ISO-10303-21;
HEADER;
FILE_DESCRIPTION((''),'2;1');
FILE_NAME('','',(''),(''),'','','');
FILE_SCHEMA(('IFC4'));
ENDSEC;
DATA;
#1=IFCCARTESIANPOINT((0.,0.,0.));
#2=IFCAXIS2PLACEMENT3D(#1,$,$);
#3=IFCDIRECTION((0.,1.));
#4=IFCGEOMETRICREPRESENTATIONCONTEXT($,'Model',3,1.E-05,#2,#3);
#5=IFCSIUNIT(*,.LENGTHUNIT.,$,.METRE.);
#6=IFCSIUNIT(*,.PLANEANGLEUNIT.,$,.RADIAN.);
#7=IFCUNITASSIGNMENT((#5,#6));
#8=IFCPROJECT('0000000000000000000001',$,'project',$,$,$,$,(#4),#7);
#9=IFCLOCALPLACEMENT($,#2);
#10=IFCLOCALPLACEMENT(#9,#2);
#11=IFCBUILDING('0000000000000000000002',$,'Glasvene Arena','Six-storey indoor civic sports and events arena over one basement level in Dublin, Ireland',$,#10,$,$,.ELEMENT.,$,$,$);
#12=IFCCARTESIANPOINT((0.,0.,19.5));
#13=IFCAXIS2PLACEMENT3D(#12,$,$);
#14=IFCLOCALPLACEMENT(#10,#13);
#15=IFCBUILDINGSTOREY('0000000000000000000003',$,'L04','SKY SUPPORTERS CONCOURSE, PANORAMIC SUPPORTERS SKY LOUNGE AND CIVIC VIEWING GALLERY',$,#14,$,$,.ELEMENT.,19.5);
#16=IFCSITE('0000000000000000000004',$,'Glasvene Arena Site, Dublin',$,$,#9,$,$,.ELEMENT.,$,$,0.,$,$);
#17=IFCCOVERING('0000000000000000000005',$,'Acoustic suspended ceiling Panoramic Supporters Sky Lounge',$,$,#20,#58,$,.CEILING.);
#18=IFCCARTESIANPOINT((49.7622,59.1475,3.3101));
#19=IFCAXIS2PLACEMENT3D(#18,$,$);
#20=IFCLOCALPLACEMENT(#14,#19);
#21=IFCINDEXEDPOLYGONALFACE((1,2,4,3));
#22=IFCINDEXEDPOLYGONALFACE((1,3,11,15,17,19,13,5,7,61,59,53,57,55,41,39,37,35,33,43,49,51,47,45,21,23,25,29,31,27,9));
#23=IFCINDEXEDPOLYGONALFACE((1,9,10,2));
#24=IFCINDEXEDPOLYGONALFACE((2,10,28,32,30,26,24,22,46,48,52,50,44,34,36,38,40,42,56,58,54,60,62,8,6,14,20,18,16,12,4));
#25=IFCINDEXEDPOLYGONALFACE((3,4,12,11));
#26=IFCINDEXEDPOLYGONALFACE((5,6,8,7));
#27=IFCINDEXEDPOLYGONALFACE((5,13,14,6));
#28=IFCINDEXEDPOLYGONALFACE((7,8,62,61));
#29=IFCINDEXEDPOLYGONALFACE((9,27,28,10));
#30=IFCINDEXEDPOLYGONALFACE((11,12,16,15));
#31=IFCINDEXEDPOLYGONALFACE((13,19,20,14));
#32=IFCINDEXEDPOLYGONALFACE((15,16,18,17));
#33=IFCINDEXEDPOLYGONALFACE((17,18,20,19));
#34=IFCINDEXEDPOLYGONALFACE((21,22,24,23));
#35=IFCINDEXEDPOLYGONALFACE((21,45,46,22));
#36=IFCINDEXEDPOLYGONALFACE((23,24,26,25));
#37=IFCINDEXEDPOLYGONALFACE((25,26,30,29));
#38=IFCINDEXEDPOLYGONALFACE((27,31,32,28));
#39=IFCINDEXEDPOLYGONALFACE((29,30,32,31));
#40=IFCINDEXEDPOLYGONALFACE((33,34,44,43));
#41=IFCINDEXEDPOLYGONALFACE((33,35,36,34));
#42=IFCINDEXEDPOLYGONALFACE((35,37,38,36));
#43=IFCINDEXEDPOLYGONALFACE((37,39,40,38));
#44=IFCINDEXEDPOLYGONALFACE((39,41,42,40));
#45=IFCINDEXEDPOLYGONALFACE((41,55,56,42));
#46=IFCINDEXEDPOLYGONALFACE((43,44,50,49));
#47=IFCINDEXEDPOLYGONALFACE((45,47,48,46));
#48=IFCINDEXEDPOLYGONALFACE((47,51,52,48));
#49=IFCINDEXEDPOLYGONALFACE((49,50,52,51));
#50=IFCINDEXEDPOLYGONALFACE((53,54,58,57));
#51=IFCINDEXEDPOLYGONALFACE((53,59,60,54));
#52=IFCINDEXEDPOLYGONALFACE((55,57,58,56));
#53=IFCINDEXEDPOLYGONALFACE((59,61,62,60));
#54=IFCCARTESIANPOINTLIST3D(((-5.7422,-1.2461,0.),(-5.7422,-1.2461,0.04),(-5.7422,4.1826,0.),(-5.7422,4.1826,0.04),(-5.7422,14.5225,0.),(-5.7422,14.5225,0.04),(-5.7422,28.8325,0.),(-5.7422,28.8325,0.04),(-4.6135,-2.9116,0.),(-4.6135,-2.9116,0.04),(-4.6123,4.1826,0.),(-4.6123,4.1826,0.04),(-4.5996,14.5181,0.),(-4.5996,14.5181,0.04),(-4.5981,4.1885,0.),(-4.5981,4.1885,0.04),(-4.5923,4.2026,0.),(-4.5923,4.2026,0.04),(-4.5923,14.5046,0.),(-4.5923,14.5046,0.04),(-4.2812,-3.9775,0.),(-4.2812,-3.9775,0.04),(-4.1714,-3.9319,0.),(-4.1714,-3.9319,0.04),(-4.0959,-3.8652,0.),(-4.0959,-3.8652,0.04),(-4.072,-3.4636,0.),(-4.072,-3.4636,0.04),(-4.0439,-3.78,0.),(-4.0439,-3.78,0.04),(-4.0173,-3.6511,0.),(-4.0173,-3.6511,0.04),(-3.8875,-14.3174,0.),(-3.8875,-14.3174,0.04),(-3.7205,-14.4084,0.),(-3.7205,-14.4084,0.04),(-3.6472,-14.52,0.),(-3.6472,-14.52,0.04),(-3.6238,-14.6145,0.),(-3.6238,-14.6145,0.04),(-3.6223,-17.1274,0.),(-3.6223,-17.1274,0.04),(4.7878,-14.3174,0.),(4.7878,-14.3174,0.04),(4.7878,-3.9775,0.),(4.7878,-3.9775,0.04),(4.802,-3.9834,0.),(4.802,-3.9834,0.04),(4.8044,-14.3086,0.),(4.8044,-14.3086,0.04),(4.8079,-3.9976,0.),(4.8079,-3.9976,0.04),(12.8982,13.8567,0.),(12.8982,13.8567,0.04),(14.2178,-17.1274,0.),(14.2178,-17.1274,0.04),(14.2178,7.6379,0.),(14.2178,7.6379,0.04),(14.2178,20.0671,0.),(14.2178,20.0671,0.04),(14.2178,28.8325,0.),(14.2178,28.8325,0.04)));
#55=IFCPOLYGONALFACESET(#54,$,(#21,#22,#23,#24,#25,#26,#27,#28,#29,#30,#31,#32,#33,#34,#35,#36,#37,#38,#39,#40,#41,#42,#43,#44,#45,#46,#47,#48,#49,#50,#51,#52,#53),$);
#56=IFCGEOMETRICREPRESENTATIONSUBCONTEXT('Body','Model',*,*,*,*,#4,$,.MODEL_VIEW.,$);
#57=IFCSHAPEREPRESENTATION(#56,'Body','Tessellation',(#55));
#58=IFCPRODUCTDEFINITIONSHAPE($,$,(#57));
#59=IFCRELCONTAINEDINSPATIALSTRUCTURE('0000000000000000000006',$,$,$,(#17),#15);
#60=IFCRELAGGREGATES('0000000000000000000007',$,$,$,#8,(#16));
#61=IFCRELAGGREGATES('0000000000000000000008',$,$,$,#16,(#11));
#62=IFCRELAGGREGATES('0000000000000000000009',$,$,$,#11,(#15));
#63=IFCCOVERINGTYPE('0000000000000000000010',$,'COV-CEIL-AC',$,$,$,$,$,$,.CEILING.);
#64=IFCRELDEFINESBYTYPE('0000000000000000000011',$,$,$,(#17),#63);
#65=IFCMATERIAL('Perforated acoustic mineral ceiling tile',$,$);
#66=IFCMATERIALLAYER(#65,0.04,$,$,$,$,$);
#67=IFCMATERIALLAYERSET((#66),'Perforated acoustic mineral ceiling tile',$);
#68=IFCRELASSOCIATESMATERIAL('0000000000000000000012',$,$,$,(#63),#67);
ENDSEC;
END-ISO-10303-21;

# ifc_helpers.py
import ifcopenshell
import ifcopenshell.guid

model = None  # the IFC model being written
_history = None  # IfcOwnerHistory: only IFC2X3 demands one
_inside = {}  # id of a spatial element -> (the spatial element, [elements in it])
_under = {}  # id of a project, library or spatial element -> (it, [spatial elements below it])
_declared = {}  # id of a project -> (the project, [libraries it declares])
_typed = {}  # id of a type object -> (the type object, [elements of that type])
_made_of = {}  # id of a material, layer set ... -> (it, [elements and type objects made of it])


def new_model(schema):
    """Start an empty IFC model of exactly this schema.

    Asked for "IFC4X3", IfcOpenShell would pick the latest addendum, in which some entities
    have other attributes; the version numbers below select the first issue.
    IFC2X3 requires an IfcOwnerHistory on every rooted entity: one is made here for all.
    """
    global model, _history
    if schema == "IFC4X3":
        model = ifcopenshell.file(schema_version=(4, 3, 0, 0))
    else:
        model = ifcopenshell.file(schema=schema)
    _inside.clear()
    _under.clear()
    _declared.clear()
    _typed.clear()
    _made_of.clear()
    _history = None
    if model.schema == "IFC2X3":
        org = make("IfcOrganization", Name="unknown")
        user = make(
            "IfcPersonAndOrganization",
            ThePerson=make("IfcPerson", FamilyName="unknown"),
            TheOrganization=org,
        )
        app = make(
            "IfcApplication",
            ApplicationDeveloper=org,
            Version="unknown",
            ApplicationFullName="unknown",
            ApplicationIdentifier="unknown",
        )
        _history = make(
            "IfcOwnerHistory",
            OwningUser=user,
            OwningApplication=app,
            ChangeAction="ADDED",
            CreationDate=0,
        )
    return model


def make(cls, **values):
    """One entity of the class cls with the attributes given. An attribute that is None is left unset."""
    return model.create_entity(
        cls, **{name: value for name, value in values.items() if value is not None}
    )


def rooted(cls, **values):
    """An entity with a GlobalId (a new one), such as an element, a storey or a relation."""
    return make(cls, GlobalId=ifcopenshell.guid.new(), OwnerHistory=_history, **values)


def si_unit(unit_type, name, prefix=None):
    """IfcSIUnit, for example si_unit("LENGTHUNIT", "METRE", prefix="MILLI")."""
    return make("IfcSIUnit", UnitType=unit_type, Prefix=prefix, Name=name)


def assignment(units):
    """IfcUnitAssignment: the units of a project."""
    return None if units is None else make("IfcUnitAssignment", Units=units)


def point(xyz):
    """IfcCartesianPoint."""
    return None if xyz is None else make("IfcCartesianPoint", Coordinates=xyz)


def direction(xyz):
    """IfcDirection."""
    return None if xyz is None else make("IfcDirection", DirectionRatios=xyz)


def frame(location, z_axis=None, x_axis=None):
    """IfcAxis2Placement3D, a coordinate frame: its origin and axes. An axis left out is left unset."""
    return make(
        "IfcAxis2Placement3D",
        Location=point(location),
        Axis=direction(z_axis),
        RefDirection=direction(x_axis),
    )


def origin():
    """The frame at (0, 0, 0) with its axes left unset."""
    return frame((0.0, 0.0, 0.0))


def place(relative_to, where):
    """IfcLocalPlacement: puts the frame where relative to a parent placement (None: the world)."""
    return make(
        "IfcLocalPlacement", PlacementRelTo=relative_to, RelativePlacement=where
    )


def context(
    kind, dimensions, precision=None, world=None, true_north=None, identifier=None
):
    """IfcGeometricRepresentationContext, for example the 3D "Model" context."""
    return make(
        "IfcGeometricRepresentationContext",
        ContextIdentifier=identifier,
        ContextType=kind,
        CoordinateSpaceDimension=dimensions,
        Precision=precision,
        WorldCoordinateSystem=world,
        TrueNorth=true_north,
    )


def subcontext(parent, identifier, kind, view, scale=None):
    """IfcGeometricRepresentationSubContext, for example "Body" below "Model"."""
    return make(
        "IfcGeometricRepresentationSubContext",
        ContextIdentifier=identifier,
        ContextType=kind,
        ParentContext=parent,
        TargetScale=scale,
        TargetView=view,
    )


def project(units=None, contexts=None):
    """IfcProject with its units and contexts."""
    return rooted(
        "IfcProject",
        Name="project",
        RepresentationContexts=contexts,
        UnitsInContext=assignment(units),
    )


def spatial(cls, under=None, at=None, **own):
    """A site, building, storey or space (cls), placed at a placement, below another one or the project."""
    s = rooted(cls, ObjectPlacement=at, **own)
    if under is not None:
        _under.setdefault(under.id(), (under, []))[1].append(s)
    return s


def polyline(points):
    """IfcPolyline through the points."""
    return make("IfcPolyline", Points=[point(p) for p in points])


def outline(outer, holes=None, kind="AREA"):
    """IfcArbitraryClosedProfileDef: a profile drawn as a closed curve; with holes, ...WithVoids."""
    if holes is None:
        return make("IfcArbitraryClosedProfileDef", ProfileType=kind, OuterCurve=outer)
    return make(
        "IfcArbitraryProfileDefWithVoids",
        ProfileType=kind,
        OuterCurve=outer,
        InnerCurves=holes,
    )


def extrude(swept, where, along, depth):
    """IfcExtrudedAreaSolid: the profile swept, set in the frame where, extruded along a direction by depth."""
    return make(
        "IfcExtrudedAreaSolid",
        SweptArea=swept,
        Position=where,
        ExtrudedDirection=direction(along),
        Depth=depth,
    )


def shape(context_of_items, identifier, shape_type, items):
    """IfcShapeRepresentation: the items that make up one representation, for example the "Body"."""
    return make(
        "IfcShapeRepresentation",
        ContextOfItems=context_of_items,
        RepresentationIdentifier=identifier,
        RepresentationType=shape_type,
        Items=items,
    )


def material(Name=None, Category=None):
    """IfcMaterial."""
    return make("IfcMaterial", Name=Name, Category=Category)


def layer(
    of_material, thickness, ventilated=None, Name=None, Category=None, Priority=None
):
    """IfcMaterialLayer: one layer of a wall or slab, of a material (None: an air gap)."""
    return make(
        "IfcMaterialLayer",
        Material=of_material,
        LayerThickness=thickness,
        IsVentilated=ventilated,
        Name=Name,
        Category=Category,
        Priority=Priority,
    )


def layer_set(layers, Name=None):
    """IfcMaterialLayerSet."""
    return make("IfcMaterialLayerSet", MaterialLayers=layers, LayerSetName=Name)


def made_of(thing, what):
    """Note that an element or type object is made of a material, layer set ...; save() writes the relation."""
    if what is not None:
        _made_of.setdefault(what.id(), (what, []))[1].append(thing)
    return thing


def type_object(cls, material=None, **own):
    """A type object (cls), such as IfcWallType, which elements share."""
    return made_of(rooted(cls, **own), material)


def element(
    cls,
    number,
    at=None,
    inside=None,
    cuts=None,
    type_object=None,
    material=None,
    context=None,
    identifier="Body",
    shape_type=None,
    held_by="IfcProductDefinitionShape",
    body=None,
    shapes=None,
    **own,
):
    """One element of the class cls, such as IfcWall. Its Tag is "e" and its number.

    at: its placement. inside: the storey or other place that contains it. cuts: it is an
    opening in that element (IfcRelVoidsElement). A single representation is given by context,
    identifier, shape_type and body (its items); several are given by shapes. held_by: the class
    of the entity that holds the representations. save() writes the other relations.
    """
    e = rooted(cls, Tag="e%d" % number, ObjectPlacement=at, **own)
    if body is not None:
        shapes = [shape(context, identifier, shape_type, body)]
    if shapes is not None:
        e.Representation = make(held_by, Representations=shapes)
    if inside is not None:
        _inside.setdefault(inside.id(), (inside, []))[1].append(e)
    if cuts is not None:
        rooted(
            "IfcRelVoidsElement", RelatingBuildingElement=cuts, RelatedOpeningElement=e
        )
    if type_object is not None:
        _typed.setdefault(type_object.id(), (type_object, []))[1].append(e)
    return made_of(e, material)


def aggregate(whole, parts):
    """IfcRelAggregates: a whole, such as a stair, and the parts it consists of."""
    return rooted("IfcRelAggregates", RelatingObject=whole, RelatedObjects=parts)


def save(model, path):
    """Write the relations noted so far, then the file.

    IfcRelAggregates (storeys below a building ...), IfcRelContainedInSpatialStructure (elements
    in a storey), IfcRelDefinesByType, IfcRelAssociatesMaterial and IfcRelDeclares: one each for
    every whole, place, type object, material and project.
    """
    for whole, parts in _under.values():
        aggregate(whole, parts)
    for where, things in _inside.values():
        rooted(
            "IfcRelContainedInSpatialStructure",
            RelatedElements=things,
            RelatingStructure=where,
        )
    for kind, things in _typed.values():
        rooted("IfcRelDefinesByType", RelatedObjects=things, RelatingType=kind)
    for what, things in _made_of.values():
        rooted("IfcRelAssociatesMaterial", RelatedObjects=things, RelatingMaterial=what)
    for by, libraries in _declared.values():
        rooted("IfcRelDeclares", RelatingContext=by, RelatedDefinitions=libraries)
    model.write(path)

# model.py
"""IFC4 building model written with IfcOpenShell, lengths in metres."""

from ifc_helpers import new_model, si_unit, direction, frame, origin, place, context, subcontext, project, spatial, polyline, outline, extrude, material, layer, layer_set, type_object, element, save


model = new_model("IFC4")

# Units and contexts
model_context = context("Model", 3, precision=1e-05, world=origin(), true_north=direction((0.0, 1.0)))
body_context = subcontext(model_context, "Body", "Model", "MODEL_VIEW")
ifc_project = project(units=[si_unit("LENGTHUNIT", "METRE"), si_unit("PLANEANGLEUNIT", "RADIAN")], contexts=[model_context])

# Site, building, storey
site_placement = place(None, origin())
site = spatial("IfcSite", under=ifc_project, at=site_placement, Name="Glasvene Arena Site, Dublin", CompositionType="ELEMENT", RefElevation=0.0)
building_placement = place(site_placement, origin())
building = spatial("IfcBuilding", under=site, at=building_placement, Name="Glasvene Arena", Description="Six-storey indoor civic sports and events arena over one basement level in Dublin, Ireland", CompositionType="ELEMENT")
storey_placement = place(building_placement, frame((0.0, 0.0, 19.5)))
storey = spatial("IfcBuildingStorey", under=building, at=storey_placement, Name="L04", Description="SKY SUPPORTERS CONCOURSE, PANORAMIC SUPPORTERS SKY LOUNGE AND CIVIC VIEWING GALLERY", CompositionType="ELEMENT", Elevation=19.5)

# Covering
ifc_material_1 = material(Name="Perforated acoustic mineral ceiling tile")
ifc_layer_1 = layer(ifc_material_1, 0.04)
ifc_layer_set_1 = layer_set([ifc_layer_1], Name="Perforated acoustic mineral ceiling tile")
covering_type = type_object("IfcCoveringType", Name="COV-CEIL-AC", PredefinedType="CEILING", material=ifc_layer_set_1)
covering_placement = place(storey_placement, frame((49.7622, 59.1475, 3.3101)))
element("IfcCovering", 1, at=covering_placement, inside=storey, type_object=covering_type, Name="Acoustic suspended ceiling Panoramic Supporters Sky Lounge", PredefinedType="CEILING", context=body_context, shape_type="SweptSolid", body=[
    extrude(outline(polyline([(-4.1714, -3.9319), (-4.0959, -3.8652), (-4.0439, -3.78), (-4.0173, -3.6511), (-4.072, -3.4636), (-4.6135, -2.9116), (-5.7422, -1.2461), (-5.7422, 4.1826), (-4.6123, 4.1826), (-4.5981, 4.1885), (-4.5923, 4.2026), (-4.5923, 14.5046), (-4.5996, 14.5181), (-5.7422, 14.5225), (-5.7422, 28.8325), (14.2178, 28.8325), (14.2178, 20.0671), (12.8982, 13.8567), (14.2178, 7.6379), (14.2178, -17.1274), (-3.6223, -17.1274), (-3.6238, -14.6145), (-3.6472, -14.52), (-3.7205, -14.4084), (-3.8875, -14.3174), (4.7878, -14.3174), (4.8044, -14.3086), (4.8079, -3.9976), (4.802, -3.9834), (4.7878, -3.9775), (-4.2812, -3.9775), (-4.1714, -3.9319)])), origin(), (0.0, 0.0, 1.0), 0.04),
])

save(model, "model.ifc")
